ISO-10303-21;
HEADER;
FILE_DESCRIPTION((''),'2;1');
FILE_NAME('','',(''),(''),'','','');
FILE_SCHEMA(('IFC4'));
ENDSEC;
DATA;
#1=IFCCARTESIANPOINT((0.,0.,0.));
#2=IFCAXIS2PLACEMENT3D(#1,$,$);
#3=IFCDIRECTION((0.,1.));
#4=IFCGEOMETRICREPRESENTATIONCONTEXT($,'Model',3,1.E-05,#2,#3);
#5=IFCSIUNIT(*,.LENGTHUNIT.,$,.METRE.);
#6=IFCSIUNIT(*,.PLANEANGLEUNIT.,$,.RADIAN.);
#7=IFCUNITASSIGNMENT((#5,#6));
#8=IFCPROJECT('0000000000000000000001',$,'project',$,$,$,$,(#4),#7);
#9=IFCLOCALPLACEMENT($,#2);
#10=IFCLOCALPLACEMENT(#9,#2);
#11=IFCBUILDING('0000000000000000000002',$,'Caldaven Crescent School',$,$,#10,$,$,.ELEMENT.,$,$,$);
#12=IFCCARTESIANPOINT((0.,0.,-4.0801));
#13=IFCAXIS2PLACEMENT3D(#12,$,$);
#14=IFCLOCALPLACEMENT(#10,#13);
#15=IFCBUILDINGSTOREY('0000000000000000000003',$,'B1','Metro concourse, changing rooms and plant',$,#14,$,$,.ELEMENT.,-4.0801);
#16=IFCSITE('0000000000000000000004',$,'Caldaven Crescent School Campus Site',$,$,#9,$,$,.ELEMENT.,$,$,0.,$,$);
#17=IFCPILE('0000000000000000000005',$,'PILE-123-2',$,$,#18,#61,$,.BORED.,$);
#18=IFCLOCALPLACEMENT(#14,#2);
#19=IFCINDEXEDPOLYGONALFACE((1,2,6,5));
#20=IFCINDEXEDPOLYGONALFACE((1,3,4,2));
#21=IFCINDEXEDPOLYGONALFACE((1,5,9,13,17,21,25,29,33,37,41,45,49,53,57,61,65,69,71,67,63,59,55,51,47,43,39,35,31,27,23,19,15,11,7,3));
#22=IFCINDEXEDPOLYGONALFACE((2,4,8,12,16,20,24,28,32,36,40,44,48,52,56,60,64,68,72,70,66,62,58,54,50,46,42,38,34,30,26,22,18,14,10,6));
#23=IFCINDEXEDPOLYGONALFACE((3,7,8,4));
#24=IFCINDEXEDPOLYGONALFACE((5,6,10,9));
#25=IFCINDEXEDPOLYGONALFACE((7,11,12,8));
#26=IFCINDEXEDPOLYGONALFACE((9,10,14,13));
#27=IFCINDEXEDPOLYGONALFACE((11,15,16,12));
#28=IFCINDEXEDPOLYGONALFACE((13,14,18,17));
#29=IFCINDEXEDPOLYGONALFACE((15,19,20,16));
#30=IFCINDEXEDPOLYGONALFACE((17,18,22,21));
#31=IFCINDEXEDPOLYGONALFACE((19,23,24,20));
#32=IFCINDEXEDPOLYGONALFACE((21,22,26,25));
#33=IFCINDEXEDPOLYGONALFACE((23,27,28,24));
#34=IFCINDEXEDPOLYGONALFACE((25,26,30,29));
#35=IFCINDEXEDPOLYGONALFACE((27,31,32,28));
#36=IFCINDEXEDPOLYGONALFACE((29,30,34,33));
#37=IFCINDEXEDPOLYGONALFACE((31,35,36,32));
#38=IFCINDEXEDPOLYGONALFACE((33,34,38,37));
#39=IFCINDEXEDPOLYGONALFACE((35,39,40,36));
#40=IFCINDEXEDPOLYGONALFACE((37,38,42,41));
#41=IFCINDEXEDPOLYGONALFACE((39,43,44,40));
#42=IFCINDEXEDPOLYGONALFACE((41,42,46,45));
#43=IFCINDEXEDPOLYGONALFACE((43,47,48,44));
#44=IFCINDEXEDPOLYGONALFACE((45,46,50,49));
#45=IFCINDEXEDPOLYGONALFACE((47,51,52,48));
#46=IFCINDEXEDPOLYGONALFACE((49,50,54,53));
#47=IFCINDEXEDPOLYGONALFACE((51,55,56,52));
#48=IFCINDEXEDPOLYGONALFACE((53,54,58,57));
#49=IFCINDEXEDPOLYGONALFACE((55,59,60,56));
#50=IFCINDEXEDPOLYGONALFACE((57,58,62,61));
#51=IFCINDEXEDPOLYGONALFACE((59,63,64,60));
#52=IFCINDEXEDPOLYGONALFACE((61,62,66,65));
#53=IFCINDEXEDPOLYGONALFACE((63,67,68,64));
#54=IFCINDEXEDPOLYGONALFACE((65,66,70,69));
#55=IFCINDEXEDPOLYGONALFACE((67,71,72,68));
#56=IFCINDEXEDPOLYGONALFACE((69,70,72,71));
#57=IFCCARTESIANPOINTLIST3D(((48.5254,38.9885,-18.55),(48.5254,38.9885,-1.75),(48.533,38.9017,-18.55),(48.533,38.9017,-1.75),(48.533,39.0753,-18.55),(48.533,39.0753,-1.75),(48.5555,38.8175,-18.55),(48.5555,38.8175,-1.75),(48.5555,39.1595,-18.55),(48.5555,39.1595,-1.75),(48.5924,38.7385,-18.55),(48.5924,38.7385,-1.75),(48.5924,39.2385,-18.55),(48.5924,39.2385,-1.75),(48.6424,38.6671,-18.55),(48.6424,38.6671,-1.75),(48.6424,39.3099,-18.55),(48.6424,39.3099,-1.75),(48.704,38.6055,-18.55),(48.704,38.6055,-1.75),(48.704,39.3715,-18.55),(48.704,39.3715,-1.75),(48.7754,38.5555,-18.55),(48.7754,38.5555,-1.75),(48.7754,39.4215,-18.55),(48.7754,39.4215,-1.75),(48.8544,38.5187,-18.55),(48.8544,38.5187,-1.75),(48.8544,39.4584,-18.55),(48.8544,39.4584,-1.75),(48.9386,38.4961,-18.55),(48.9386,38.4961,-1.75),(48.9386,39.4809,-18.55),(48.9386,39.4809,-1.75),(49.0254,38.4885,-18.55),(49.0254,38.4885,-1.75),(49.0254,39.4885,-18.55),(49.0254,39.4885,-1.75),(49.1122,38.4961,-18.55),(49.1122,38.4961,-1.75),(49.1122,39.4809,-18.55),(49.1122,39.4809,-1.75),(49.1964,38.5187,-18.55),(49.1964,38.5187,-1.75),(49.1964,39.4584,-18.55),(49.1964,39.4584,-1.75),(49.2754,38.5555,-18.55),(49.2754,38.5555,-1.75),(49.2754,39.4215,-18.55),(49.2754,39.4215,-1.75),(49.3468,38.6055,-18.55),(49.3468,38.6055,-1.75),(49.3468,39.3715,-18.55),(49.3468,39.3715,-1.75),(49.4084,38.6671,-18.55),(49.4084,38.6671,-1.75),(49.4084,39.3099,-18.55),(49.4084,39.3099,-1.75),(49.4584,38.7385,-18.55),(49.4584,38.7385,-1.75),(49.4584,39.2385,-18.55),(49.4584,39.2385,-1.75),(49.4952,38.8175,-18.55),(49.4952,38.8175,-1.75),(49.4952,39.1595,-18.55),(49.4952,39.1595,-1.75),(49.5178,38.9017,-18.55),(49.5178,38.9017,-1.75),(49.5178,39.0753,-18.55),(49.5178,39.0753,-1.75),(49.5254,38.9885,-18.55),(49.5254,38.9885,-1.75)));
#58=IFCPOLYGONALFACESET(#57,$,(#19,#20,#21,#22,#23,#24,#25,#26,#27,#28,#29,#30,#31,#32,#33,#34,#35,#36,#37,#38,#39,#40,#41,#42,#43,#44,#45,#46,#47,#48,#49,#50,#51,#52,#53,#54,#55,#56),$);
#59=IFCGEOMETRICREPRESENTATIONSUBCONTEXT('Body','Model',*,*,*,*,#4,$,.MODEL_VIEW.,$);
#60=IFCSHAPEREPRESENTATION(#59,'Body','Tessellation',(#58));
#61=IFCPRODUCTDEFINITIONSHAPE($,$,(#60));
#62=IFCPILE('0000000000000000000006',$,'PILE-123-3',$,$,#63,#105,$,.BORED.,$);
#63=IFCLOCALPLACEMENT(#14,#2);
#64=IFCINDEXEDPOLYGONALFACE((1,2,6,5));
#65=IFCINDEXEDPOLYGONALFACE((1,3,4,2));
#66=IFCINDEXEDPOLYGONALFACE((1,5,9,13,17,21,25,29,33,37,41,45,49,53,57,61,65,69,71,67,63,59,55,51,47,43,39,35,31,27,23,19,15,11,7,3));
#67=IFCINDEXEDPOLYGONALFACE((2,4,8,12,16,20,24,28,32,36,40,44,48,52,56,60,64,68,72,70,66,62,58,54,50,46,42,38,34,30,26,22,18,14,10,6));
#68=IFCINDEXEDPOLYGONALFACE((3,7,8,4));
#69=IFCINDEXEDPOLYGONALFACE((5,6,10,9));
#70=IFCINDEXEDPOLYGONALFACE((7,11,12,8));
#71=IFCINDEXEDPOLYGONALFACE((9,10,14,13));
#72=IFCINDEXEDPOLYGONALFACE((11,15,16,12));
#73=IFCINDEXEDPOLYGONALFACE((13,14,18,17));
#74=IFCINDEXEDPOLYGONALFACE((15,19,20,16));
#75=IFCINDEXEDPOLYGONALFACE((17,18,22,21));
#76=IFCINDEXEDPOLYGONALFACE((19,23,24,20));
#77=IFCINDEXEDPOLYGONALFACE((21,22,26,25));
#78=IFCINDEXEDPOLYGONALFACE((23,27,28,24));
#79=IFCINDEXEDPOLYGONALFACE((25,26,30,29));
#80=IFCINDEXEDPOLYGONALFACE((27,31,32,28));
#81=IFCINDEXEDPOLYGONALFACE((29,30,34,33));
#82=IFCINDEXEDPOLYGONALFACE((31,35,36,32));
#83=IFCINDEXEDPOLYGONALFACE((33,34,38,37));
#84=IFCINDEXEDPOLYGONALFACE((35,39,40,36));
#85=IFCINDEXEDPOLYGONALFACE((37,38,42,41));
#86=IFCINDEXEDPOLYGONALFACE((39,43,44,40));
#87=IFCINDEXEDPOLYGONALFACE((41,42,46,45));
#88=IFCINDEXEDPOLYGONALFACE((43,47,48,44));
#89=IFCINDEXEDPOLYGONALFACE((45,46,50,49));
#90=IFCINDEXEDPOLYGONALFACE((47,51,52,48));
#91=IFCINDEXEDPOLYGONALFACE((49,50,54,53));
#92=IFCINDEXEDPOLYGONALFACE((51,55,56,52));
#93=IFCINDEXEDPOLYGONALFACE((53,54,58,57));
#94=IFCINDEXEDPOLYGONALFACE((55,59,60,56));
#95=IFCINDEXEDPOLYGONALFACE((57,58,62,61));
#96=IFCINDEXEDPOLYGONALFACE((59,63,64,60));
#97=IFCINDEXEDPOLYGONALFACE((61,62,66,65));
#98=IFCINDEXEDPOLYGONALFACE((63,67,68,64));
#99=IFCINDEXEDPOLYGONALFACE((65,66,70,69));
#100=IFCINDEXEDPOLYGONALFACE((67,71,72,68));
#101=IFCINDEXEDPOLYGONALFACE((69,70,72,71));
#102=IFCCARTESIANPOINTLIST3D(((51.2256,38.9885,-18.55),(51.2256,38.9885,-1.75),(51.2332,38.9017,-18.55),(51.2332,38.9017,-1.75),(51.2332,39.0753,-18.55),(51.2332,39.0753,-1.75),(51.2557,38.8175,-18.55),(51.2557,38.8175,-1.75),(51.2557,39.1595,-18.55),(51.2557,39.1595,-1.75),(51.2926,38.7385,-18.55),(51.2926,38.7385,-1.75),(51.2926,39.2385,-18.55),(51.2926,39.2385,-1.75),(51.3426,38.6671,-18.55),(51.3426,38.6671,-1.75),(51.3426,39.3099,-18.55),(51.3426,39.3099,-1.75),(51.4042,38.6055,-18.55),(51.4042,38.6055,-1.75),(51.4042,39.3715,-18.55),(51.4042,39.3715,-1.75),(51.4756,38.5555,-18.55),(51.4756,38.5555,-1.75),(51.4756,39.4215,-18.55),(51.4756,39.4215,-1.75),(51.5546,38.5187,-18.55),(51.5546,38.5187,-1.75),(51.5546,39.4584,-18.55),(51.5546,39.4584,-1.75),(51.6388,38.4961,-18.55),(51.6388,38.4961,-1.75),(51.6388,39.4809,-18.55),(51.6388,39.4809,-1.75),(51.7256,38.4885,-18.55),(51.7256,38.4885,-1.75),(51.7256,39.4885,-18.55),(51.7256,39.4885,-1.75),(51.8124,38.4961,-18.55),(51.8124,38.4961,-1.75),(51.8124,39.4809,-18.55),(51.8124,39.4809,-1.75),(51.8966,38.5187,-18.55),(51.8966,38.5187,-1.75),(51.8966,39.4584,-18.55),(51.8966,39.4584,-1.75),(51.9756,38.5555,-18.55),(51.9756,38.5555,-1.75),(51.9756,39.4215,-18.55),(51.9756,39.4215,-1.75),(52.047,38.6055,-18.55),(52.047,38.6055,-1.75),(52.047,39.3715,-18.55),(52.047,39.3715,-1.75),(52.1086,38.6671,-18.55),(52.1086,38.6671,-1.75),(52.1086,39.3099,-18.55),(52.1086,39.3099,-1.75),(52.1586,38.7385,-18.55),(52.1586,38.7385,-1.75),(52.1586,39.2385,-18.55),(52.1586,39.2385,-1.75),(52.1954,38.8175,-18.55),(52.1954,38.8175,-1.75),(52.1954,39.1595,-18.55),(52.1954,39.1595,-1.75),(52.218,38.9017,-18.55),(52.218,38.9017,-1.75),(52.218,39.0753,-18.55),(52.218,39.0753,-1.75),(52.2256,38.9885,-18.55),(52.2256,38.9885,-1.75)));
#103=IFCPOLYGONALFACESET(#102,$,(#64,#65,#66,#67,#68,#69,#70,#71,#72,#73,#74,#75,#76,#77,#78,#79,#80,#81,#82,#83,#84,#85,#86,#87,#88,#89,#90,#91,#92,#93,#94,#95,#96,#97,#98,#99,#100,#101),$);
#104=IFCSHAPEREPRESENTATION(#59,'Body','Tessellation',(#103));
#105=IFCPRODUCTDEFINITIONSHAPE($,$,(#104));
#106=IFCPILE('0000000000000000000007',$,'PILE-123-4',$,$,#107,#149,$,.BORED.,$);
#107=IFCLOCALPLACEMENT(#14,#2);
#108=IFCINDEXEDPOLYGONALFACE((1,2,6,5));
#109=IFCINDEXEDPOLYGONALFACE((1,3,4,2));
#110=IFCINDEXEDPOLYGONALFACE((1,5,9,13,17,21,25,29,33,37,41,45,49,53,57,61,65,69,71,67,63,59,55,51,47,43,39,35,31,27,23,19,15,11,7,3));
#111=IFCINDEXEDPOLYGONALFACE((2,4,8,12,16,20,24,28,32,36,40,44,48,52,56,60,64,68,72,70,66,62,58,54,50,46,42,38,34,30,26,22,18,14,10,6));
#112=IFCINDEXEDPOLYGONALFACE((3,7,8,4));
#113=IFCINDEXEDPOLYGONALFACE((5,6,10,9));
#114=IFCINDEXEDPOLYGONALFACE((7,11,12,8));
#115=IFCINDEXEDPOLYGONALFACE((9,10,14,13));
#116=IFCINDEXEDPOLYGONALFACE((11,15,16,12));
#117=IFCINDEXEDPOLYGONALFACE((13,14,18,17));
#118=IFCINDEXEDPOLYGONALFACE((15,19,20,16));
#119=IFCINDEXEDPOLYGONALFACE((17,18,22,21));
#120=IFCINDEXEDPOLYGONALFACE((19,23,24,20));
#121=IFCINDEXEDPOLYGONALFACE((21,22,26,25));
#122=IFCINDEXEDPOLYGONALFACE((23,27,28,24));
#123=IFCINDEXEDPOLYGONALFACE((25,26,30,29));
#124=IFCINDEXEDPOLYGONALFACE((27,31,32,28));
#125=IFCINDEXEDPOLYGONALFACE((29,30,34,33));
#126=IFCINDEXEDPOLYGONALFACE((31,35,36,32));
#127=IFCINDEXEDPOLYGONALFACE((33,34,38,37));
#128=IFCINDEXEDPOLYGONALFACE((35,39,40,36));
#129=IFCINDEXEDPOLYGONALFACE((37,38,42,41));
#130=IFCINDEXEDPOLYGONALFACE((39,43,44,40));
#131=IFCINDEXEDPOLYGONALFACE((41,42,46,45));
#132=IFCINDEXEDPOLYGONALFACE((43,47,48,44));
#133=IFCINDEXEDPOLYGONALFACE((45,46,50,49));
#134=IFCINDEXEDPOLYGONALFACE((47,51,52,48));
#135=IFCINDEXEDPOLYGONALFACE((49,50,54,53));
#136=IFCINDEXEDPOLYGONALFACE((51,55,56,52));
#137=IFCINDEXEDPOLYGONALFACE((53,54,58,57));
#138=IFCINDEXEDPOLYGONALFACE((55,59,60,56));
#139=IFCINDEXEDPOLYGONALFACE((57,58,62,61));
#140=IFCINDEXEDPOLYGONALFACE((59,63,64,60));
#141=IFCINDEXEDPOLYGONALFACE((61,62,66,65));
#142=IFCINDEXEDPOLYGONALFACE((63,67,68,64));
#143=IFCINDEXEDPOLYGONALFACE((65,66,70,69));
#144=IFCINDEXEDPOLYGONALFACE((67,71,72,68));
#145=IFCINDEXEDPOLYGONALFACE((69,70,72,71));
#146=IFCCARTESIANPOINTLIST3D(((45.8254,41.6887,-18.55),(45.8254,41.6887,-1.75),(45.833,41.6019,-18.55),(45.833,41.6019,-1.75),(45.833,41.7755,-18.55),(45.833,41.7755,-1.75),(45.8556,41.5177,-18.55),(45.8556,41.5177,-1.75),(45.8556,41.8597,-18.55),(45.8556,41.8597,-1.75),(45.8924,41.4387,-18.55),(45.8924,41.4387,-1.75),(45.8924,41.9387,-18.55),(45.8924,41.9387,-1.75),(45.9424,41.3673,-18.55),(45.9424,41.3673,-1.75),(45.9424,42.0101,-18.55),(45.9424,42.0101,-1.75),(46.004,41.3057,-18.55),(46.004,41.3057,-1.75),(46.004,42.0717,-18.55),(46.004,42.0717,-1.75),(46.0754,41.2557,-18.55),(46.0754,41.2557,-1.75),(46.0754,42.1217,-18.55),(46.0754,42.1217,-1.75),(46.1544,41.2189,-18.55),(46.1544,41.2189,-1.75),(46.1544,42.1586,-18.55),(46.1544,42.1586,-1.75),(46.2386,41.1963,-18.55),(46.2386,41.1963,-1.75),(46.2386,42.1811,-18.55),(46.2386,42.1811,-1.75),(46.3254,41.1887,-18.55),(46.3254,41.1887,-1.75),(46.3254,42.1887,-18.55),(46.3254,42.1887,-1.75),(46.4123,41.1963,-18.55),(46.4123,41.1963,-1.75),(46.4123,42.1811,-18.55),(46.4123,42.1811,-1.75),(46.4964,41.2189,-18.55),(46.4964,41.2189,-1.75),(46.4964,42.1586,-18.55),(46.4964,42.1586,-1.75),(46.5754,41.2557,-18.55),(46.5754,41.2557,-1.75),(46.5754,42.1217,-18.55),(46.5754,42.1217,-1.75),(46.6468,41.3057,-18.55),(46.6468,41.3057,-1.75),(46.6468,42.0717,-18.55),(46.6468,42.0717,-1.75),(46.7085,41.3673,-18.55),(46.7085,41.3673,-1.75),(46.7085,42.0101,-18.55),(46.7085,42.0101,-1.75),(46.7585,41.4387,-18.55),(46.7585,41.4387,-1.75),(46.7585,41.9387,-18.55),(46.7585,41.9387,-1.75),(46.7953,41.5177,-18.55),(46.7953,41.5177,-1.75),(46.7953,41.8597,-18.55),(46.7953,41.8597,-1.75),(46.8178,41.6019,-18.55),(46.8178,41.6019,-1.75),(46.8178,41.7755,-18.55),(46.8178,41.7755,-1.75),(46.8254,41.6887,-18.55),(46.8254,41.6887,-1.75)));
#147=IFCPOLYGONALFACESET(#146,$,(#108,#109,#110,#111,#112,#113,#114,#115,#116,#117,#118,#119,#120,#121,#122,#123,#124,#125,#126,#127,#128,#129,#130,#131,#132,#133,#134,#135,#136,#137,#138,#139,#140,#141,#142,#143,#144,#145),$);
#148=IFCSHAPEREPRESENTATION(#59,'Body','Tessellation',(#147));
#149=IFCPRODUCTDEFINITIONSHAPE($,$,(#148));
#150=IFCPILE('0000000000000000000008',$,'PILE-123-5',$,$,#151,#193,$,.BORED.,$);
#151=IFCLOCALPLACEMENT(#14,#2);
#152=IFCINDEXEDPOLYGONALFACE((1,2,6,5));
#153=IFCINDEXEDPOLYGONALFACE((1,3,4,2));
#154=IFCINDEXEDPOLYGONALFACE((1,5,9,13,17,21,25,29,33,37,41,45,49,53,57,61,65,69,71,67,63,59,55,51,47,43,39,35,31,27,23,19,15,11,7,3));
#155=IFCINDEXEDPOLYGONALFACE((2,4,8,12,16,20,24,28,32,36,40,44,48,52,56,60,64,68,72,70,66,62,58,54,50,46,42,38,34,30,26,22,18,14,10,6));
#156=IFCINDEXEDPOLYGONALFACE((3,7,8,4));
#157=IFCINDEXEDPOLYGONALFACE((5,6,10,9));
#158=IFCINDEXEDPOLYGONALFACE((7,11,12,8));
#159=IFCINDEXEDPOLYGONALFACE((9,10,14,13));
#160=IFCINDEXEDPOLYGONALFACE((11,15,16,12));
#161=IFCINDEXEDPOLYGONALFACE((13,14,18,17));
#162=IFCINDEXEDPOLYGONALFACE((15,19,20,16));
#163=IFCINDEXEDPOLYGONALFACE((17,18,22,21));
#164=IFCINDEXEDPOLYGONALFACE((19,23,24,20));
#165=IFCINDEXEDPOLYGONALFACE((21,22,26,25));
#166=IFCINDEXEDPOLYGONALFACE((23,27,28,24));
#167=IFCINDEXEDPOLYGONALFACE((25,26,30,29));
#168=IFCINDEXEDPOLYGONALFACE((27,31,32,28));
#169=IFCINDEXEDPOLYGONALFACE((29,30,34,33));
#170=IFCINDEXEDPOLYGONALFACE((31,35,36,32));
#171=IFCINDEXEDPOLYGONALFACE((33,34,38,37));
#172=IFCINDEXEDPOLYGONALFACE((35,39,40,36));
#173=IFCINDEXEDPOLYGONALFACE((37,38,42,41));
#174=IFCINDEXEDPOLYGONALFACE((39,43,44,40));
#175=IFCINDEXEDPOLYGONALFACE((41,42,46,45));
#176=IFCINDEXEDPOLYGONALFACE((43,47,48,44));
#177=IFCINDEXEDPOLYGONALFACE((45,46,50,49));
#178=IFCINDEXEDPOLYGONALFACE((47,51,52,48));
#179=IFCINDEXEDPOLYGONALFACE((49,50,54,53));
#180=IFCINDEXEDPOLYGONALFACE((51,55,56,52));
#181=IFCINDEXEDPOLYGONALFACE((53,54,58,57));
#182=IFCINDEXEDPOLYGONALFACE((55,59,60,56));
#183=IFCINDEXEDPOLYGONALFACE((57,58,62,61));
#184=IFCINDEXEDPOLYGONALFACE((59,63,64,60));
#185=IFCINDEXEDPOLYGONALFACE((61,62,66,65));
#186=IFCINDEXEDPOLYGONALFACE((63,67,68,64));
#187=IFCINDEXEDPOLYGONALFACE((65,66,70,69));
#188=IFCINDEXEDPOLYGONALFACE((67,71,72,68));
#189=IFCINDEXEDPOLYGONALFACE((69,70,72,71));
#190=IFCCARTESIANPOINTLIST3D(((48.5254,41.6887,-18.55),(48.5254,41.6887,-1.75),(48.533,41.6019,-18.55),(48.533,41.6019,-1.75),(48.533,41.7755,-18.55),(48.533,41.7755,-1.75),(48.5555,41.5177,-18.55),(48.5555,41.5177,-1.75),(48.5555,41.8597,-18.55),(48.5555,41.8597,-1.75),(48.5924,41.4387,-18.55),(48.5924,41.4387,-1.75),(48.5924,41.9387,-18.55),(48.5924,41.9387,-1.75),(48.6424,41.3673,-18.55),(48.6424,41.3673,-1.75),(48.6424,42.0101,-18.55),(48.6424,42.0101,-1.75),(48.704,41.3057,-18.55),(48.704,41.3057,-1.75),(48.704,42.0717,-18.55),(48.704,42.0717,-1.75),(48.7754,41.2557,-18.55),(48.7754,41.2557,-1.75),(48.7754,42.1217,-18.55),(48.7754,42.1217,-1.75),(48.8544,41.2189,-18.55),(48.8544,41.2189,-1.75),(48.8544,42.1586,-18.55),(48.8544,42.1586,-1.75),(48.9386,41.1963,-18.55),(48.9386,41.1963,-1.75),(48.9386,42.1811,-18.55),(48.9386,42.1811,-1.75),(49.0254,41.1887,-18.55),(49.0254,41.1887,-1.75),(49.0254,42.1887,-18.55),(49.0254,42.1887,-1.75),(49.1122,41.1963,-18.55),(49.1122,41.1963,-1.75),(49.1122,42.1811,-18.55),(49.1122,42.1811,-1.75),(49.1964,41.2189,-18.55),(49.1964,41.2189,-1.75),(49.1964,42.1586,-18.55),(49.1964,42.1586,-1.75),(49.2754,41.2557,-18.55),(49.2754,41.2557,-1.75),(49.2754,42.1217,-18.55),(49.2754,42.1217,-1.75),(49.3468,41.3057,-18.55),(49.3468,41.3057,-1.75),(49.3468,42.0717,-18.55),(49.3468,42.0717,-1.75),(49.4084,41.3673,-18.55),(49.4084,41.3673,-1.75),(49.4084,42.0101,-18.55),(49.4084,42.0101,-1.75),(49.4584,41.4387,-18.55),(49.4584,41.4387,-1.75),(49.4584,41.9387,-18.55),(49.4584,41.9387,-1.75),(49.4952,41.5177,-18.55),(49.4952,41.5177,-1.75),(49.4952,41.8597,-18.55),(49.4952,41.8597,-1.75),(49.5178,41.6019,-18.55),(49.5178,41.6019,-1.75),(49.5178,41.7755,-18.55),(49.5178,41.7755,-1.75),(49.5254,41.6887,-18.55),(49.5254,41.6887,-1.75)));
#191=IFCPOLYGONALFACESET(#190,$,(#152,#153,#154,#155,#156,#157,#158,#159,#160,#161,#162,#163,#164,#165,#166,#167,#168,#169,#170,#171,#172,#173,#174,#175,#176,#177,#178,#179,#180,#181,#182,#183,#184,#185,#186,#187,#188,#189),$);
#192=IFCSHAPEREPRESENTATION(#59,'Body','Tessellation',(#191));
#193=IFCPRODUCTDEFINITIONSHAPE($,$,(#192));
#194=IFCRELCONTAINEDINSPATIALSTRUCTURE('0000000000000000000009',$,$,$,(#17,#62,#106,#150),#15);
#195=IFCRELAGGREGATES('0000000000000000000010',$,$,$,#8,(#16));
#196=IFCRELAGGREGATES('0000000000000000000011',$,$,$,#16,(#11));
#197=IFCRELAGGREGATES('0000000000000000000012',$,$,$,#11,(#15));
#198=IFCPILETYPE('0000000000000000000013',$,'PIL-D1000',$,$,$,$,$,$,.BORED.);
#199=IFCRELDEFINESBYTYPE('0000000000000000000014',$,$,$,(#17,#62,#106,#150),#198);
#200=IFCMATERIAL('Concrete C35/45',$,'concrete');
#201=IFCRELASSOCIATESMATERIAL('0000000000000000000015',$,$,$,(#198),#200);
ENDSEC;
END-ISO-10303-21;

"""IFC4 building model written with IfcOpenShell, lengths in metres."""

from ifc_helpers import new_model, si_unit, direction, frame, origin, origin_2d, place, context, subcontext, project, spatial, circle, extrude, material, material_profile, profile_set, type_object, element, save


model = new_model("IFC4")

# Units and contexts
model_context = context("Model", 3, precision=1e-05, world=origin(), true_north=direction((0.0, 1.0)))
body_context = subcontext(model_context, "Body", "Model", "MODEL_VIEW")
ifc_project = project(units=[si_unit("LENGTHUNIT", "METRE"), si_unit("PLANEANGLEUNIT", "RADIAN")], contexts=[model_context])

# Site, building, storey
site_placement = place(None, origin())
site = spatial("IfcSite", under=ifc_project, at=site_placement, Name="Caldaven Crescent School Campus Site", CompositionType="ELEMENT", RefElevation=0.0)
building_placement = place(site_placement, origin())
building = spatial("IfcBuilding", under=site, at=building_placement, Name="Caldaven Crescent School", CompositionType="ELEMENT")
storey_placement = place(building_placement, frame((0.0, 0.0, -4.0801)))
storey = spatial("IfcBuildingStorey", under=building, at=storey_placement, Name="B1", Description="Metro concourse, changing rooms and plant", CompositionType="ELEMENT", Elevation=-4.0801)

# Shared definitions
ifc_material_1 = material(Name="Concrete C35/45", Category="concrete")

# Piles
ifc_material_profile_1 = material_profile(ifc_material_1, circle(Radius=0.5, at=origin_2d()), Name="PILE D1000")
ifc_profile_set_1 = profile_set([ifc_material_profile_1], Name="Concrete C35/45")
pile_type = type_object("IfcPileType", Name="PIL-D1000", PredefinedType="BORED", material=ifc_profile_set_1)
for number, where, z_axis, x_axis, name in (
    (1, (49.0254, 38.9885, -1.75), (0.0, 0.0, -1.0), (1.0, 0.0, 0.0), "PILE-123-2"),
    (2, (51.7256, 38.9885, -1.75), (0.0, 0.0, -1.0), (1.0, 0.0, 0.0), "PILE-123-3"),
    (3, (46.3254, 41.6887, -1.75), (0.0, 0.0, -1.0), (1.0, 0.0, 0.0), "PILE-123-4"),
    (4, (49.0254, 41.6887, -1.75), (0.0, 0.0, -1.0), (1.0, 0.0, 0.0), "PILE-123-5"),
):
    element("IfcPile", number, at=place(storey_placement, frame(where, z_axis=z_axis, x_axis=x_axis)), inside=storey, type_object=pile_type, Name=name, PredefinedType="BORED", context=body_context, shape_type="SweptSolid", body=[
        extrude(circle(Radius=0.5, at=origin_2d()), origin(), (0.0, 0.0, 1.0), 16.8),
    ])

save(model, "model.ifc")
